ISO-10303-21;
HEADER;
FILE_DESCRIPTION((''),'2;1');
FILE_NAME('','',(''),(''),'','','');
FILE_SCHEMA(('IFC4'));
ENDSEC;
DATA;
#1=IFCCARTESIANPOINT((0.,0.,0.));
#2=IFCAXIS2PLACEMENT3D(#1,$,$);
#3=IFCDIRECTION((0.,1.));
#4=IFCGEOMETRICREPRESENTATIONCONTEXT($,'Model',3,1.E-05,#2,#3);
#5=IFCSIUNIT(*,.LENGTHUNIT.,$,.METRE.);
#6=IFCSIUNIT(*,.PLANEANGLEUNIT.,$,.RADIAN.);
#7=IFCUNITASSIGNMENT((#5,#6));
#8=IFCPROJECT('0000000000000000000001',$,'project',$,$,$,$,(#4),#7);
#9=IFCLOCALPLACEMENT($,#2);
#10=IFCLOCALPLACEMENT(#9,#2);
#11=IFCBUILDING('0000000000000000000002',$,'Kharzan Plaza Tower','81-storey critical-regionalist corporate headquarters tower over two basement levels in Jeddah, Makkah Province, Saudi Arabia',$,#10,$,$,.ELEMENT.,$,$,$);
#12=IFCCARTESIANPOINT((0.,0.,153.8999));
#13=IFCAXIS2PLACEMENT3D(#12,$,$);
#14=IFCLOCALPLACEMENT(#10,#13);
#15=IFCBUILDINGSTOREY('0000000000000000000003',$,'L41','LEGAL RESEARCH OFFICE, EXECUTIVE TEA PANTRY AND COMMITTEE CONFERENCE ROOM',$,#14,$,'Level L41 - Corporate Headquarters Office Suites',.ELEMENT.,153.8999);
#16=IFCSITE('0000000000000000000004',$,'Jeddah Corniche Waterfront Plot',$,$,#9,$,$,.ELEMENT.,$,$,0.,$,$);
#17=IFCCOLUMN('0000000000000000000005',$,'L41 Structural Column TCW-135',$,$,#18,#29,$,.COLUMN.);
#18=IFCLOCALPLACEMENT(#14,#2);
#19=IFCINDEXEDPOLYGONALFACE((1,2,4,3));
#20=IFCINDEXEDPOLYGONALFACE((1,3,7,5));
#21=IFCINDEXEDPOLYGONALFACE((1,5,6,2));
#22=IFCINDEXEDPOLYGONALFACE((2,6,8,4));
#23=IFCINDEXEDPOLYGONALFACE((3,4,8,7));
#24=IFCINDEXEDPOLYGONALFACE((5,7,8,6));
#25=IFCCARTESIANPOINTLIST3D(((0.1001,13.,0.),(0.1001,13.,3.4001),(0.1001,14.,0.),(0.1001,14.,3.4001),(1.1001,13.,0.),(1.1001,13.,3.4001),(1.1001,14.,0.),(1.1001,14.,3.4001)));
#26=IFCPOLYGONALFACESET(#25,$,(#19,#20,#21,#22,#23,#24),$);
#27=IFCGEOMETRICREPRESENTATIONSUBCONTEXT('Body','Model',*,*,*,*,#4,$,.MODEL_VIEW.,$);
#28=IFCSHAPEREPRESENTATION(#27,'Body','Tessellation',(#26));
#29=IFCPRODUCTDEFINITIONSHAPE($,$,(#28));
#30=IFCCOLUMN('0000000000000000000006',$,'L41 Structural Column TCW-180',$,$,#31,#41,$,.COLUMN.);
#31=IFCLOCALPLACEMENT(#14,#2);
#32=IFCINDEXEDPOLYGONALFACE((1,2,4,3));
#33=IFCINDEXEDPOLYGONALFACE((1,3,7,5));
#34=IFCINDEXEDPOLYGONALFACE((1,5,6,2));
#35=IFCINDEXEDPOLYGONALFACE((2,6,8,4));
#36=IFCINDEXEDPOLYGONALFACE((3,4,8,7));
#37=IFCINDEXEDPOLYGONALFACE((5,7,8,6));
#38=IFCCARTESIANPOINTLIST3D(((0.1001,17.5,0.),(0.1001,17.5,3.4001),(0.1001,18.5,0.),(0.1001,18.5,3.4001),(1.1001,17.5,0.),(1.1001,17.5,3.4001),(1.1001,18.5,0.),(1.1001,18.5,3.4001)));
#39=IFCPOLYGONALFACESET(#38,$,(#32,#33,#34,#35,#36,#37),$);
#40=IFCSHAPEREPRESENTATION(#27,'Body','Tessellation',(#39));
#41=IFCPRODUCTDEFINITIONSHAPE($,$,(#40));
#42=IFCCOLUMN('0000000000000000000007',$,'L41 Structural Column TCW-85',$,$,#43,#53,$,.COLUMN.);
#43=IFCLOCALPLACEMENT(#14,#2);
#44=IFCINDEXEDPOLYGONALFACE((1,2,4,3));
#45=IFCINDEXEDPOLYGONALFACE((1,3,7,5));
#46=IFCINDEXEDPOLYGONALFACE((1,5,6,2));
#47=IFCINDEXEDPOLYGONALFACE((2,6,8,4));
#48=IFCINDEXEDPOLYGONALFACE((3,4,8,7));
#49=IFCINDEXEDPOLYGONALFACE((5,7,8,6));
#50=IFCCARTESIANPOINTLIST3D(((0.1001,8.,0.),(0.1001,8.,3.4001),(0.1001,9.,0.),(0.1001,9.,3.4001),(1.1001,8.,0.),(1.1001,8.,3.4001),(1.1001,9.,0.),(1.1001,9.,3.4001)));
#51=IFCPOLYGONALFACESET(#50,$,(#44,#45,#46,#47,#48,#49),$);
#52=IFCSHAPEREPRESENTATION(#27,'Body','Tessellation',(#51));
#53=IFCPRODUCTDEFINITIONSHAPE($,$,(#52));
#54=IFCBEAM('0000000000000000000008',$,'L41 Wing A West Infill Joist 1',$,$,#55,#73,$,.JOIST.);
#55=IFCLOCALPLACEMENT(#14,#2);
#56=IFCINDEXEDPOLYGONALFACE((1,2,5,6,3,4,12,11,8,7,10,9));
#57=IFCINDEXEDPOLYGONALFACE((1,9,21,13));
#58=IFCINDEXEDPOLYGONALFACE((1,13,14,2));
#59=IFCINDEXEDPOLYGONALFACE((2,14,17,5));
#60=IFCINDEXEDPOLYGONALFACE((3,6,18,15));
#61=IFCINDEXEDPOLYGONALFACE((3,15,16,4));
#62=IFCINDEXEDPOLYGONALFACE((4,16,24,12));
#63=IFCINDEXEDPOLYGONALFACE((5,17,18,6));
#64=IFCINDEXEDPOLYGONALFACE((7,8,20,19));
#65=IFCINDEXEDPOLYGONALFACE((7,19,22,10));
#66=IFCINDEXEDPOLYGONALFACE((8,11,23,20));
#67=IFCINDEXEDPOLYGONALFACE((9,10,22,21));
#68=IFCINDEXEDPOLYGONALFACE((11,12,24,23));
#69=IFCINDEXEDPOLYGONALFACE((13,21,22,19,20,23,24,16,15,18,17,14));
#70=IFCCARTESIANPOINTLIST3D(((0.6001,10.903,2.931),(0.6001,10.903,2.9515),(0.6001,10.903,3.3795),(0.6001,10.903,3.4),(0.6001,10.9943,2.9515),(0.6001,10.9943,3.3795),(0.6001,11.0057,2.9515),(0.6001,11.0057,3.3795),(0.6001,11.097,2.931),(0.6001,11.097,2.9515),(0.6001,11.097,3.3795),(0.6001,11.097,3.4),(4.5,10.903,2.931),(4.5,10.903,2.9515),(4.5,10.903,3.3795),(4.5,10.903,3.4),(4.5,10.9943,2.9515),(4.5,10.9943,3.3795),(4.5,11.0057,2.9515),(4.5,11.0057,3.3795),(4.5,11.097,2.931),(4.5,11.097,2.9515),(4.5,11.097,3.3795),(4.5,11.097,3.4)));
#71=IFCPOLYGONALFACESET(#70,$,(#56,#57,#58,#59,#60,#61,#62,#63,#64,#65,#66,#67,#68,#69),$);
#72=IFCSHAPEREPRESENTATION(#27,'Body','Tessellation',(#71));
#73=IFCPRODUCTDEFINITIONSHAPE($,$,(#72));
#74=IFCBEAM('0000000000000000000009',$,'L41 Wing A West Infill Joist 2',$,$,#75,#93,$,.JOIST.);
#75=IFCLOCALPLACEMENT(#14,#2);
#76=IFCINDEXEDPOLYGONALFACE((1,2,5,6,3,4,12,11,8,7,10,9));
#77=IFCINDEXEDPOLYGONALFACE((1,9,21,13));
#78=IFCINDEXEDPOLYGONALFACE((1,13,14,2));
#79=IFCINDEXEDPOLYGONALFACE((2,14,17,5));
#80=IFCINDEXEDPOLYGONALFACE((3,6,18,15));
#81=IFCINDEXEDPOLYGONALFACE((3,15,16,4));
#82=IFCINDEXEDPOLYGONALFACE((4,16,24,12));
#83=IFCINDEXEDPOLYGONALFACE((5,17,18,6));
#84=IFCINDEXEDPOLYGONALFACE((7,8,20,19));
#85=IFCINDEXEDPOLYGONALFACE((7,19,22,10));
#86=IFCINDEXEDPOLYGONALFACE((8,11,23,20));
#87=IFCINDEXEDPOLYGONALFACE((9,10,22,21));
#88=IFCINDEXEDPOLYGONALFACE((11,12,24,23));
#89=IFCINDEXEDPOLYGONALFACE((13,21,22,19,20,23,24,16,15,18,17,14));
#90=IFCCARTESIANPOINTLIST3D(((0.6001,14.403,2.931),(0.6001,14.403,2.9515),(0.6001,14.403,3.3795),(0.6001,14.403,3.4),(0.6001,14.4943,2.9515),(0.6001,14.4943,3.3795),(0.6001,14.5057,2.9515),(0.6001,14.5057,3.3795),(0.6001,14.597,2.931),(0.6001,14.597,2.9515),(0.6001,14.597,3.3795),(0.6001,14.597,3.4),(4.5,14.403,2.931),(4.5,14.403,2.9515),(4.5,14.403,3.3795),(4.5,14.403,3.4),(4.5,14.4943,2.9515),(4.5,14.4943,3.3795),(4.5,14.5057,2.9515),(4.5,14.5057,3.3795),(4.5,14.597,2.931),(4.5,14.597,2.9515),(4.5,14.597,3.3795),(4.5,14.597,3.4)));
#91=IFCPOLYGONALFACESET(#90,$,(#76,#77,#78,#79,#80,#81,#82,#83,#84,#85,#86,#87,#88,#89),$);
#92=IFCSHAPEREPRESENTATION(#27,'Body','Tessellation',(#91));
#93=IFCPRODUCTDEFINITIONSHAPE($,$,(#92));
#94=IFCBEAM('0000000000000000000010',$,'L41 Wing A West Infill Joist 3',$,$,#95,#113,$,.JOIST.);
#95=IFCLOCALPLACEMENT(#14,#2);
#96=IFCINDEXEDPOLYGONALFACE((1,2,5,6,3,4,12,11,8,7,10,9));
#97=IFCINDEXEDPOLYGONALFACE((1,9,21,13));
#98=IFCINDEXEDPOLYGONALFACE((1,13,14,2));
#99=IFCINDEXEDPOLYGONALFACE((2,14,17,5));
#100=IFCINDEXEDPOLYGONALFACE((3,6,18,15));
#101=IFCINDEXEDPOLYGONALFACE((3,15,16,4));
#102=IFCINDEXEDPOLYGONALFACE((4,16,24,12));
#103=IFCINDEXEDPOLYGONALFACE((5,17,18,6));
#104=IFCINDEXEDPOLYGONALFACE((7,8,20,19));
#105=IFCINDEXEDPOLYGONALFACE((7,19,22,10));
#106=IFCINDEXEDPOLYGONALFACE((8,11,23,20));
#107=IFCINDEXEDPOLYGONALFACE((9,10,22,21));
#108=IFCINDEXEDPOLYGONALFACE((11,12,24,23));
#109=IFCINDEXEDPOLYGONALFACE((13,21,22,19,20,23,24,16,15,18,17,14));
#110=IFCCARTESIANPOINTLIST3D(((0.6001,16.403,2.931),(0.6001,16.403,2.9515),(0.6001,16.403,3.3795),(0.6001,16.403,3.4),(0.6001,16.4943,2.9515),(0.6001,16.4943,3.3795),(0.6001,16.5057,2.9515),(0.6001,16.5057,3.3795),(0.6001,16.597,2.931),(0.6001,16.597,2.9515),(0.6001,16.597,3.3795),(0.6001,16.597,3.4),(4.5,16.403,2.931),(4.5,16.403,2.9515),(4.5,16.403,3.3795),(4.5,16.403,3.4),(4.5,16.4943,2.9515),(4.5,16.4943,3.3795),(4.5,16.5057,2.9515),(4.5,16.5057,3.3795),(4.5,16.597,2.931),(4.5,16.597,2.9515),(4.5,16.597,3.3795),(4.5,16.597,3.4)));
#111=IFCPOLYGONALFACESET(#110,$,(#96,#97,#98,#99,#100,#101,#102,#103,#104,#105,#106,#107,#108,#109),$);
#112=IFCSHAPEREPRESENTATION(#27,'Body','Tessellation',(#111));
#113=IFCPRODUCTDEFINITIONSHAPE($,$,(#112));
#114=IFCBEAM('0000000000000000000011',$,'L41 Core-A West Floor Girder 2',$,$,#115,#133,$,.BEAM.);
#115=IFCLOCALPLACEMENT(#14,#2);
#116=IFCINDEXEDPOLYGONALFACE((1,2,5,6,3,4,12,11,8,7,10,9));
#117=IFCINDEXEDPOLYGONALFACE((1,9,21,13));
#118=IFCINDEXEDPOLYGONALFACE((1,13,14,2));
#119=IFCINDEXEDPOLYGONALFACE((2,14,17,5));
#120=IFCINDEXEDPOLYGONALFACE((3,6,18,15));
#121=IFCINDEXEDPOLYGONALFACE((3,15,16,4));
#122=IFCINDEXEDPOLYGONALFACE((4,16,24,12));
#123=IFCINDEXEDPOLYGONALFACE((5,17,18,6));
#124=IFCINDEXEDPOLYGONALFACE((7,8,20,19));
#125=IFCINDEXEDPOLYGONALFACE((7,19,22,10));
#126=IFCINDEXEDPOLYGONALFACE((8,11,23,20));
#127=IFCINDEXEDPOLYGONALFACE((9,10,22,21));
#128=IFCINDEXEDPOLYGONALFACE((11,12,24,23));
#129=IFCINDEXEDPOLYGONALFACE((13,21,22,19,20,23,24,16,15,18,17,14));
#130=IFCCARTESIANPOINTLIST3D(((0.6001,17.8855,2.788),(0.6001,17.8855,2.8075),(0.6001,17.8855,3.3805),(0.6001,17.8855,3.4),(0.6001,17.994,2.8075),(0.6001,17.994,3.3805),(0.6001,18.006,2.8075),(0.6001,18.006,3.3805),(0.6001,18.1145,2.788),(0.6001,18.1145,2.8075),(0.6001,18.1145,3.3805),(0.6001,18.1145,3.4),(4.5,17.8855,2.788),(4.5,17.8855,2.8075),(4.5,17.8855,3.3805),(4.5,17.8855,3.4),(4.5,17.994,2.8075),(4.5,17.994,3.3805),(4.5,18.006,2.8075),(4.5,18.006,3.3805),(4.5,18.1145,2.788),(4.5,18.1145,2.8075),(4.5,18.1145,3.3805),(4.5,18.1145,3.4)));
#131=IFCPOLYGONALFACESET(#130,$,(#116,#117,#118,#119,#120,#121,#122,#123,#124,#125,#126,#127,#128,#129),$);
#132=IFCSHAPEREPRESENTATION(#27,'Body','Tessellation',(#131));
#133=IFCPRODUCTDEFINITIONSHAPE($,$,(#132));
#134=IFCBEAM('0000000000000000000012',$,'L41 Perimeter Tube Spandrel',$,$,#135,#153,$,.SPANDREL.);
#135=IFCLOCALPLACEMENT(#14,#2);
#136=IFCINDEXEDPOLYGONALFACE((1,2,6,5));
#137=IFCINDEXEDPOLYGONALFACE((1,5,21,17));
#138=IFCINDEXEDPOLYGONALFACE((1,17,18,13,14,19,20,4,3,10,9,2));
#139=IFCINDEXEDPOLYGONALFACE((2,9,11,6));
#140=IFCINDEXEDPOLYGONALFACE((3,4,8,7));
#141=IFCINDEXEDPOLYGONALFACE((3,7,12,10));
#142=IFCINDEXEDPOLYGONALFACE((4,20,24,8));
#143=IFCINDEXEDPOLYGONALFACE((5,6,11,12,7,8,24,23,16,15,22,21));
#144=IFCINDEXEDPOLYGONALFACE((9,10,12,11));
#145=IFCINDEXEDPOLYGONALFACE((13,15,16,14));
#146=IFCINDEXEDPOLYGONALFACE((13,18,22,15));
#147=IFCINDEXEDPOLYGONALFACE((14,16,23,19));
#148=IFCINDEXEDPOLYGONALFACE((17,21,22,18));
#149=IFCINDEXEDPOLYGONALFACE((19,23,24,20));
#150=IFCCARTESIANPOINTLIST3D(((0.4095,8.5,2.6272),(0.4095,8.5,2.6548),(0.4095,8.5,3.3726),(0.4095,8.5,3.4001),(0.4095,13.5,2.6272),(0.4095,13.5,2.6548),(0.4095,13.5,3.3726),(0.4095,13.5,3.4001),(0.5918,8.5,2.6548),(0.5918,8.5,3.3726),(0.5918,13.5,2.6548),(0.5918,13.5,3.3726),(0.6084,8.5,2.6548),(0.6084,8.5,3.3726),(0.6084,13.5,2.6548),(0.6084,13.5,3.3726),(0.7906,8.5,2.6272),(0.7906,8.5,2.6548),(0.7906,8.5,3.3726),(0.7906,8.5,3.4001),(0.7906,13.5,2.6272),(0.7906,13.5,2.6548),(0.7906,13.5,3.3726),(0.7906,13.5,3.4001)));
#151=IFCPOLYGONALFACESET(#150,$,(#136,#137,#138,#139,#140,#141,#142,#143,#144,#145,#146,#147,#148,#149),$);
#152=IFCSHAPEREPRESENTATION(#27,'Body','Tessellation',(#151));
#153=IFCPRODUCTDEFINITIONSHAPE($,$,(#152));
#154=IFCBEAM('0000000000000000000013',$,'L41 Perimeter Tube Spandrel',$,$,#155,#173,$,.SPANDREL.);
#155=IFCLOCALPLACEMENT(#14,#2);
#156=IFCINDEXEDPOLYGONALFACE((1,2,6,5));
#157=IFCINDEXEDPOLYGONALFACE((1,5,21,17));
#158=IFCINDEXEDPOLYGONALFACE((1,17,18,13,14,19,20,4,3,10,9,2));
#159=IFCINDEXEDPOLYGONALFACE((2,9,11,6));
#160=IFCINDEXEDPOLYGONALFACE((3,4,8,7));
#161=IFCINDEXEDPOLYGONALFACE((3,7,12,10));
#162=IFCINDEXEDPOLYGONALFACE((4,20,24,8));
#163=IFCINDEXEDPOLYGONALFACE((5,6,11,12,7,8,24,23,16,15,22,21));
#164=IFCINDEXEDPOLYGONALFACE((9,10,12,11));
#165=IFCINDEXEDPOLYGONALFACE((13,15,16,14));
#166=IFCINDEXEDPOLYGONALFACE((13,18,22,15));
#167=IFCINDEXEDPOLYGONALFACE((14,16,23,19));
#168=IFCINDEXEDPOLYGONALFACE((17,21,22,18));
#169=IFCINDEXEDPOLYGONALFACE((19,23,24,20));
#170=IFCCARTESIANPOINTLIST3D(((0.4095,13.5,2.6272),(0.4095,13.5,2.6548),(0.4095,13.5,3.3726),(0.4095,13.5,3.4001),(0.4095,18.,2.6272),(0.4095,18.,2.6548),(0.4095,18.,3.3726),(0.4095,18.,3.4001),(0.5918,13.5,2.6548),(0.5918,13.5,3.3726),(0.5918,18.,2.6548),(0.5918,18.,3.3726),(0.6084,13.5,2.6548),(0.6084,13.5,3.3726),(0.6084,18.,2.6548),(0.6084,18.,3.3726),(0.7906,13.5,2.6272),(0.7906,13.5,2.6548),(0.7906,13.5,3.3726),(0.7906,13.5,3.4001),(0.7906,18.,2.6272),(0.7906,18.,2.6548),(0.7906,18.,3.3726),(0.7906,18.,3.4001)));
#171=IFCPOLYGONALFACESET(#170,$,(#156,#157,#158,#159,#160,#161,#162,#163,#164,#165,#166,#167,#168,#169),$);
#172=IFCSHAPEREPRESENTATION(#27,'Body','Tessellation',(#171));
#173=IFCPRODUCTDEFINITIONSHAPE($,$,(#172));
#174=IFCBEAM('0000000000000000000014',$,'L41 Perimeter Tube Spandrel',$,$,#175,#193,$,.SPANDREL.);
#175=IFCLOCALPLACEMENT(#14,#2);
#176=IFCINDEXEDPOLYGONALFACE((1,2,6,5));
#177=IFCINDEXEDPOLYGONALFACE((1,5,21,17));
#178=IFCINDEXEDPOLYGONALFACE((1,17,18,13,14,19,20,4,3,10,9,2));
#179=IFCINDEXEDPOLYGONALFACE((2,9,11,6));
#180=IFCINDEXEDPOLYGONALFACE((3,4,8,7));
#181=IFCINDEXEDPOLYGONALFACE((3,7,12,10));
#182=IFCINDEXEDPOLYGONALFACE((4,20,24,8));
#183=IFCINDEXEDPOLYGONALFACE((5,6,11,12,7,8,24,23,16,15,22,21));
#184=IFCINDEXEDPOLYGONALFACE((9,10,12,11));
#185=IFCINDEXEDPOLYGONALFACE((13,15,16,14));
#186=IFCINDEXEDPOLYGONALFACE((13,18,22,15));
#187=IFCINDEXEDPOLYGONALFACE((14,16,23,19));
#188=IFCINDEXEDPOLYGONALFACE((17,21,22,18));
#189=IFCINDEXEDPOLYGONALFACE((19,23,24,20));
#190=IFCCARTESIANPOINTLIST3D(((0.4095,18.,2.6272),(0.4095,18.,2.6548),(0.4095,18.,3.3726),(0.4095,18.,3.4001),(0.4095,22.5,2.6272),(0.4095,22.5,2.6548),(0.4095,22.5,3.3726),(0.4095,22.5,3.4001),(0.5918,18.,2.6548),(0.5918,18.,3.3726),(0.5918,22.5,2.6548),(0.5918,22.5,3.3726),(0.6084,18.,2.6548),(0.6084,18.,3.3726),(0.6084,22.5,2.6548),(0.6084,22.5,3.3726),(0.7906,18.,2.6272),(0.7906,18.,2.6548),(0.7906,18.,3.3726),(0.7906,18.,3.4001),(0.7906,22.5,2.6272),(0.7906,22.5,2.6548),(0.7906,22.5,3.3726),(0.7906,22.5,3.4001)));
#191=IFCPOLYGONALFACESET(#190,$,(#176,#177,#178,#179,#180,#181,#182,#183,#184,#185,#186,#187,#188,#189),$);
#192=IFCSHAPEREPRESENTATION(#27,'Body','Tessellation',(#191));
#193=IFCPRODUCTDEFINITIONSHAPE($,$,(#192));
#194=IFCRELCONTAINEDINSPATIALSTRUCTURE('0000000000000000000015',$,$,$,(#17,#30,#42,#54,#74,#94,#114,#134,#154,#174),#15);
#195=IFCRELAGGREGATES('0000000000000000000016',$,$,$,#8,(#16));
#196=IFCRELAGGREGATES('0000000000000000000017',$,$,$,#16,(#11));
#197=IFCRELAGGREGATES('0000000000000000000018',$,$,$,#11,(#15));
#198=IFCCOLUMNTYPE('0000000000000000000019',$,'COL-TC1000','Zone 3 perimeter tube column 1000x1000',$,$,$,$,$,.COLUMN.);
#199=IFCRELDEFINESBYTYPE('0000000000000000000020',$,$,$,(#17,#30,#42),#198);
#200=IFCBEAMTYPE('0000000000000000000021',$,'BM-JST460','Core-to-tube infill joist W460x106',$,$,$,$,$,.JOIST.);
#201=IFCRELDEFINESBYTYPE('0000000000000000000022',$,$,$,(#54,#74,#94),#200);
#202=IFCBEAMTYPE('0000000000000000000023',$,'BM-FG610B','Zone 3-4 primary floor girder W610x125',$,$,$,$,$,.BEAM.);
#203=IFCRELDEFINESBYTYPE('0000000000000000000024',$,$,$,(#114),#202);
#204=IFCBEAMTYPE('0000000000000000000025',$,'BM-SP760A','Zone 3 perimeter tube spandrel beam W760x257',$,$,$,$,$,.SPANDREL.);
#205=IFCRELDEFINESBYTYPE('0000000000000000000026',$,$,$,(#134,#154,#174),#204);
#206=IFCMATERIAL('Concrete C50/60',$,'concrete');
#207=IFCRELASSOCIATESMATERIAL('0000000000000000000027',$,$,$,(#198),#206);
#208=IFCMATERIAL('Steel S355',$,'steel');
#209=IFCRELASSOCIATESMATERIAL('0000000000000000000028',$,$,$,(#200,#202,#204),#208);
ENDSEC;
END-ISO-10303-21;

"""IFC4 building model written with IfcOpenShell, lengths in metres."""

from ifc_helpers import new_model, si_unit, direction, frame, origin, origin_2d, place, context, subcontext, project, spatial, rectangle, i_section, extrude, source, transform, mapped, material, material_profile, profile_set, type_object, element, save


model = new_model("IFC4")

# Units and contexts
model_context = context("Model", 3, precision=1e-05, world=origin(), true_north=direction((0.0, 1.0)))
body_context = subcontext(model_context, "Body", "Model", "MODEL_VIEW")
ifc_project = project(units=[si_unit("LENGTHUNIT", "METRE"), si_unit("PLANEANGLEUNIT", "RADIAN")], contexts=[model_context])

# Site, building, storey
site_placement = place(None, origin())
site = spatial("IfcSite", under=ifc_project, at=site_placement, Name="Jeddah Corniche Waterfront Plot", CompositionType="ELEMENT", RefElevation=0.0)
building_placement = place(site_placement, origin())
building = spatial("IfcBuilding", under=site, at=building_placement, Name="Kharzan Plaza Tower", Description="81-storey critical-regionalist corporate headquarters tower over two basement levels in Jeddah, Makkah Province, Saudi Arabia", CompositionType="ELEMENT")
storey_placement = place(building_placement, frame((0.0, 0.0, 153.8999)))
storey = spatial("IfcBuildingStorey", under=building, at=storey_placement, Name="L41", Description="LEGAL RESEARCH OFFICE, EXECUTIVE TEA PANTRY AND COMMITTEE CONFERENCE ROOM", LongName="Level L41 - Corporate Headquarters Office Suites", CompositionType="ELEMENT", Elevation=153.8999)

# Columns
ifc_material_1 = material(Name="Concrete C50/60", Category="concrete")
ifc_material_profile_1 = material_profile(ifc_material_1, rectangle(XDim=1.0, YDim=1.0, at=origin_2d()), Name="RC-TC1000x1000")
ifc_profile_set_1 = profile_set([ifc_material_profile_1], Name="Concrete C50/60")
column_type = type_object("IfcColumnType", Name="COL-TC1000", Description="Zone 3 perimeter tube column 1000x1000", PredefinedType="COLUMN", material=ifc_profile_set_1)
shared_shape_1 = source(origin(), body_context, "Body", "SweptSolid", [
    extrude(rectangle(XDim=1.0, YDim=1.0, at=origin_2d()), origin(), (0.0, 0.0, 1.0), 3.4001),
])
for number, where, z_axis, x_axis, name in (
    (1, (0.6001, 13.5, 0.0), (0.0, 0.0, 1.0), (1.0, 0.0, 0.0), "L41 Structural Column TCW-135"),
    (2, (0.6001, 18.0, 0.0), (0.0, 0.0, 1.0), (1.0, 0.0, 0.0), "L41 Structural Column TCW-180"),
    (3, (0.6001, 8.5, 0.0), (0.0, 0.0, 1.0), (1.0, 0.0, 0.0), "L41 Structural Column TCW-85"),
):
    element("IfcColumn", number, at=place(storey_placement, frame(where, z_axis=z_axis, x_axis=x_axis)), inside=storey, type_object=column_type, Name=name, PredefinedType="COLUMN", context=body_context, shape_type="MappedRepresentation", body=[
        mapped(shared_shape_1, transform((0.0, 0.0, 0.0), x_axis=(1.0, 0.0, 0.0), y_axis=(0.0, 1.0, 0.0), z_axis=(0.0, 0.0, 1.0))),
    ])

# Beams
ifc_material_2 = material(Name="Steel S355", Category="steel")
ifc_material_profile_2 = material_profile(ifc_material_2, i_section(OverallWidth=0.1941, OverallDepth=0.469, WebThickness=0.0115, FlangeThickness=0.0205, at=origin_2d()), Name="W460x106")
ifc_profile_set_2 = profile_set([ifc_material_profile_2], Name="Steel S355")
beam_type_1 = type_object("IfcBeamType", Name="BM-JST460", Description="Core-to-tube infill joist W460x106", PredefinedType="JOIST", material=ifc_profile_set_2)
shared_shape_2 = source(origin(), body_context, "Body", "SweptSolid", [
    extrude(i_section(OverallWidth=0.1941, OverallDepth=0.469, WebThickness=0.0115, FlangeThickness=0.0205, at=origin_2d()), origin(), (0.0, 0.0, 1.0), 3.8999),
])
for number, where, z_axis, x_axis, name in (
    (4, (0.6001, 11.0, 3.1655), (1.0, 0.0, 0.0), (0.0, 1.0, 0.0), "L41 Wing A West Infill Joist 1"),
    (5, (0.6001, 14.5, 3.1655), (1.0, 0.0, 0.0), (0.0, 1.0, 0.0), "L41 Wing A West Infill Joist 2"),
    (6, (0.6001, 16.5, 3.1655), (1.0, 0.0, 0.0), (0.0, 1.0, 0.0), "L41 Wing A West Infill Joist 3"),
):
    element("IfcBeam", number, at=place(storey_placement, frame(where, z_axis=z_axis, x_axis=x_axis)), inside=storey, type_object=beam_type_1, Name=name, PredefinedType="JOIST", context=body_context, shape_type="MappedRepresentation", body=[
        mapped(shared_shape_2, transform((0.0, 0.0, 0.0), x_axis=(1.0, 0.0, 0.0), y_axis=(0.0, 1.0, 0.0), z_axis=(0.0, 0.0, 1.0))),
    ])
ifc_material_profile_3 = material_profile(ifc_material_2, i_section(OverallWidth=0.229, OverallDepth=0.6121, WebThickness=0.012, FlangeThickness=0.0195, at=origin_2d()), Name="W610x125")
ifc_profile_set_3 = profile_set([ifc_material_profile_3], Name="Steel S355")
beam_type_2 = type_object("IfcBeamType", Name="BM-FG610B", Description="Zone 3-4 primary floor girder W610x125", PredefinedType="BEAM", material=ifc_profile_set_3)
shared_shape_3 = source(origin(), body_context, "Body", "SweptSolid", [
    extrude(i_section(OverallWidth=0.229, OverallDepth=0.6121, WebThickness=0.012, FlangeThickness=0.0195, at=origin_2d()), origin(), (0.0, 0.0, 1.0), 3.8999),
])
beam_1_placement = place(storey_placement, frame((0.6001, 18.0, 3.094), z_axis=(1.0, 0.0, 0.0), x_axis=(0.0, 1.0, 0.0)))
element("IfcBeam", 7, at=beam_1_placement, inside=storey, type_object=beam_type_2, Name="L41 Core-A West Floor Girder 2", PredefinedType="BEAM", context=body_context, shape_type="MappedRepresentation", body=[
    mapped(shared_shape_3, transform((0.0, 0.0, 0.0), x_axis=(1.0, 0.0, 0.0), y_axis=(0.0, 1.0, 0.0), z_axis=(0.0, 0.0, 1.0))),
])
ifc_material_profile_4 = material_profile(ifc_material_2, i_section(OverallWidth=0.3811, OverallDepth=0.7729, WebThickness=0.0166, FlangeThickness=0.0276, at=origin_2d()), Name="W760x257")
ifc_profile_set_4 = profile_set([ifc_material_profile_4], Name="Steel S355")
beam_type_3 = type_object("IfcBeamType", Name="BM-SP760A", Description="Zone 3 perimeter tube spandrel beam W760x257", PredefinedType="SPANDREL", material=ifc_profile_set_4)
shared_shape_4 = source(origin(), body_context, "Body", "SweptSolid", [
    extrude(i_section(OverallWidth=0.3811, OverallDepth=0.7729, WebThickness=0.0166, FlangeThickness=0.0276, at=origin_2d()), origin(), (0.0, 0.0, 1.0), 5.0),
])
beam_2_placement = place(storey_placement, frame((0.6001, 8.5, 3.0137), z_axis=(0.0, 1.0, 0.0), x_axis=(-1.0, 0.0, 0.0)))
element("IfcBeam", 8, at=beam_2_placement, inside=storey, type_object=beam_type_3, Name="L41 Perimeter Tube Spandrel", PredefinedType="SPANDREL", context=body_context, shape_type="MappedRepresentation", body=[
    mapped(shared_shape_4, transform((0.0, 0.0, 0.0), x_axis=(1.0, 0.0, 0.0), y_axis=(0.0, 1.0, 0.0), z_axis=(0.0, 0.0, 1.0))),
])
shared_shape_5 = source(origin(), body_context, "Body", "SweptSolid", [
    extrude(i_section(OverallWidth=0.3811, OverallDepth=0.7729, WebThickness=0.0166, FlangeThickness=0.0276, at=origin_2d()), origin(), (0.0, 0.0, 1.0), 4.5),
])
for number, where, z_axis, x_axis, name in (
    (9, (0.6001, 13.5, 3.0137), (0.0, 1.0, 0.0), (-1.0, 0.0, 0.0), "L41 Perimeter Tube Spandrel"),
    (10, (0.6001, 18.0, 3.0137), (0.0, 1.0, 0.0), (-1.0, 0.0, 0.0), "L41 Perimeter Tube Spandrel"),
):
    element("IfcBeam", number, at=place(storey_placement, frame(where, z_axis=z_axis, x_axis=x_axis)), inside=storey, type_object=beam_type_3, Name=name, PredefinedType="SPANDREL", context=body_context, shape_type="MappedRepresentation", body=[
        mapped(shared_shape_5, transform((0.0, 0.0, 0.0), x_axis=(1.0, 0.0, 0.0), y_axis=(0.0, 1.0, 0.0), z_axis=(0.0, 0.0, 1.0))),
    ])

save(model, "model.ifc")
